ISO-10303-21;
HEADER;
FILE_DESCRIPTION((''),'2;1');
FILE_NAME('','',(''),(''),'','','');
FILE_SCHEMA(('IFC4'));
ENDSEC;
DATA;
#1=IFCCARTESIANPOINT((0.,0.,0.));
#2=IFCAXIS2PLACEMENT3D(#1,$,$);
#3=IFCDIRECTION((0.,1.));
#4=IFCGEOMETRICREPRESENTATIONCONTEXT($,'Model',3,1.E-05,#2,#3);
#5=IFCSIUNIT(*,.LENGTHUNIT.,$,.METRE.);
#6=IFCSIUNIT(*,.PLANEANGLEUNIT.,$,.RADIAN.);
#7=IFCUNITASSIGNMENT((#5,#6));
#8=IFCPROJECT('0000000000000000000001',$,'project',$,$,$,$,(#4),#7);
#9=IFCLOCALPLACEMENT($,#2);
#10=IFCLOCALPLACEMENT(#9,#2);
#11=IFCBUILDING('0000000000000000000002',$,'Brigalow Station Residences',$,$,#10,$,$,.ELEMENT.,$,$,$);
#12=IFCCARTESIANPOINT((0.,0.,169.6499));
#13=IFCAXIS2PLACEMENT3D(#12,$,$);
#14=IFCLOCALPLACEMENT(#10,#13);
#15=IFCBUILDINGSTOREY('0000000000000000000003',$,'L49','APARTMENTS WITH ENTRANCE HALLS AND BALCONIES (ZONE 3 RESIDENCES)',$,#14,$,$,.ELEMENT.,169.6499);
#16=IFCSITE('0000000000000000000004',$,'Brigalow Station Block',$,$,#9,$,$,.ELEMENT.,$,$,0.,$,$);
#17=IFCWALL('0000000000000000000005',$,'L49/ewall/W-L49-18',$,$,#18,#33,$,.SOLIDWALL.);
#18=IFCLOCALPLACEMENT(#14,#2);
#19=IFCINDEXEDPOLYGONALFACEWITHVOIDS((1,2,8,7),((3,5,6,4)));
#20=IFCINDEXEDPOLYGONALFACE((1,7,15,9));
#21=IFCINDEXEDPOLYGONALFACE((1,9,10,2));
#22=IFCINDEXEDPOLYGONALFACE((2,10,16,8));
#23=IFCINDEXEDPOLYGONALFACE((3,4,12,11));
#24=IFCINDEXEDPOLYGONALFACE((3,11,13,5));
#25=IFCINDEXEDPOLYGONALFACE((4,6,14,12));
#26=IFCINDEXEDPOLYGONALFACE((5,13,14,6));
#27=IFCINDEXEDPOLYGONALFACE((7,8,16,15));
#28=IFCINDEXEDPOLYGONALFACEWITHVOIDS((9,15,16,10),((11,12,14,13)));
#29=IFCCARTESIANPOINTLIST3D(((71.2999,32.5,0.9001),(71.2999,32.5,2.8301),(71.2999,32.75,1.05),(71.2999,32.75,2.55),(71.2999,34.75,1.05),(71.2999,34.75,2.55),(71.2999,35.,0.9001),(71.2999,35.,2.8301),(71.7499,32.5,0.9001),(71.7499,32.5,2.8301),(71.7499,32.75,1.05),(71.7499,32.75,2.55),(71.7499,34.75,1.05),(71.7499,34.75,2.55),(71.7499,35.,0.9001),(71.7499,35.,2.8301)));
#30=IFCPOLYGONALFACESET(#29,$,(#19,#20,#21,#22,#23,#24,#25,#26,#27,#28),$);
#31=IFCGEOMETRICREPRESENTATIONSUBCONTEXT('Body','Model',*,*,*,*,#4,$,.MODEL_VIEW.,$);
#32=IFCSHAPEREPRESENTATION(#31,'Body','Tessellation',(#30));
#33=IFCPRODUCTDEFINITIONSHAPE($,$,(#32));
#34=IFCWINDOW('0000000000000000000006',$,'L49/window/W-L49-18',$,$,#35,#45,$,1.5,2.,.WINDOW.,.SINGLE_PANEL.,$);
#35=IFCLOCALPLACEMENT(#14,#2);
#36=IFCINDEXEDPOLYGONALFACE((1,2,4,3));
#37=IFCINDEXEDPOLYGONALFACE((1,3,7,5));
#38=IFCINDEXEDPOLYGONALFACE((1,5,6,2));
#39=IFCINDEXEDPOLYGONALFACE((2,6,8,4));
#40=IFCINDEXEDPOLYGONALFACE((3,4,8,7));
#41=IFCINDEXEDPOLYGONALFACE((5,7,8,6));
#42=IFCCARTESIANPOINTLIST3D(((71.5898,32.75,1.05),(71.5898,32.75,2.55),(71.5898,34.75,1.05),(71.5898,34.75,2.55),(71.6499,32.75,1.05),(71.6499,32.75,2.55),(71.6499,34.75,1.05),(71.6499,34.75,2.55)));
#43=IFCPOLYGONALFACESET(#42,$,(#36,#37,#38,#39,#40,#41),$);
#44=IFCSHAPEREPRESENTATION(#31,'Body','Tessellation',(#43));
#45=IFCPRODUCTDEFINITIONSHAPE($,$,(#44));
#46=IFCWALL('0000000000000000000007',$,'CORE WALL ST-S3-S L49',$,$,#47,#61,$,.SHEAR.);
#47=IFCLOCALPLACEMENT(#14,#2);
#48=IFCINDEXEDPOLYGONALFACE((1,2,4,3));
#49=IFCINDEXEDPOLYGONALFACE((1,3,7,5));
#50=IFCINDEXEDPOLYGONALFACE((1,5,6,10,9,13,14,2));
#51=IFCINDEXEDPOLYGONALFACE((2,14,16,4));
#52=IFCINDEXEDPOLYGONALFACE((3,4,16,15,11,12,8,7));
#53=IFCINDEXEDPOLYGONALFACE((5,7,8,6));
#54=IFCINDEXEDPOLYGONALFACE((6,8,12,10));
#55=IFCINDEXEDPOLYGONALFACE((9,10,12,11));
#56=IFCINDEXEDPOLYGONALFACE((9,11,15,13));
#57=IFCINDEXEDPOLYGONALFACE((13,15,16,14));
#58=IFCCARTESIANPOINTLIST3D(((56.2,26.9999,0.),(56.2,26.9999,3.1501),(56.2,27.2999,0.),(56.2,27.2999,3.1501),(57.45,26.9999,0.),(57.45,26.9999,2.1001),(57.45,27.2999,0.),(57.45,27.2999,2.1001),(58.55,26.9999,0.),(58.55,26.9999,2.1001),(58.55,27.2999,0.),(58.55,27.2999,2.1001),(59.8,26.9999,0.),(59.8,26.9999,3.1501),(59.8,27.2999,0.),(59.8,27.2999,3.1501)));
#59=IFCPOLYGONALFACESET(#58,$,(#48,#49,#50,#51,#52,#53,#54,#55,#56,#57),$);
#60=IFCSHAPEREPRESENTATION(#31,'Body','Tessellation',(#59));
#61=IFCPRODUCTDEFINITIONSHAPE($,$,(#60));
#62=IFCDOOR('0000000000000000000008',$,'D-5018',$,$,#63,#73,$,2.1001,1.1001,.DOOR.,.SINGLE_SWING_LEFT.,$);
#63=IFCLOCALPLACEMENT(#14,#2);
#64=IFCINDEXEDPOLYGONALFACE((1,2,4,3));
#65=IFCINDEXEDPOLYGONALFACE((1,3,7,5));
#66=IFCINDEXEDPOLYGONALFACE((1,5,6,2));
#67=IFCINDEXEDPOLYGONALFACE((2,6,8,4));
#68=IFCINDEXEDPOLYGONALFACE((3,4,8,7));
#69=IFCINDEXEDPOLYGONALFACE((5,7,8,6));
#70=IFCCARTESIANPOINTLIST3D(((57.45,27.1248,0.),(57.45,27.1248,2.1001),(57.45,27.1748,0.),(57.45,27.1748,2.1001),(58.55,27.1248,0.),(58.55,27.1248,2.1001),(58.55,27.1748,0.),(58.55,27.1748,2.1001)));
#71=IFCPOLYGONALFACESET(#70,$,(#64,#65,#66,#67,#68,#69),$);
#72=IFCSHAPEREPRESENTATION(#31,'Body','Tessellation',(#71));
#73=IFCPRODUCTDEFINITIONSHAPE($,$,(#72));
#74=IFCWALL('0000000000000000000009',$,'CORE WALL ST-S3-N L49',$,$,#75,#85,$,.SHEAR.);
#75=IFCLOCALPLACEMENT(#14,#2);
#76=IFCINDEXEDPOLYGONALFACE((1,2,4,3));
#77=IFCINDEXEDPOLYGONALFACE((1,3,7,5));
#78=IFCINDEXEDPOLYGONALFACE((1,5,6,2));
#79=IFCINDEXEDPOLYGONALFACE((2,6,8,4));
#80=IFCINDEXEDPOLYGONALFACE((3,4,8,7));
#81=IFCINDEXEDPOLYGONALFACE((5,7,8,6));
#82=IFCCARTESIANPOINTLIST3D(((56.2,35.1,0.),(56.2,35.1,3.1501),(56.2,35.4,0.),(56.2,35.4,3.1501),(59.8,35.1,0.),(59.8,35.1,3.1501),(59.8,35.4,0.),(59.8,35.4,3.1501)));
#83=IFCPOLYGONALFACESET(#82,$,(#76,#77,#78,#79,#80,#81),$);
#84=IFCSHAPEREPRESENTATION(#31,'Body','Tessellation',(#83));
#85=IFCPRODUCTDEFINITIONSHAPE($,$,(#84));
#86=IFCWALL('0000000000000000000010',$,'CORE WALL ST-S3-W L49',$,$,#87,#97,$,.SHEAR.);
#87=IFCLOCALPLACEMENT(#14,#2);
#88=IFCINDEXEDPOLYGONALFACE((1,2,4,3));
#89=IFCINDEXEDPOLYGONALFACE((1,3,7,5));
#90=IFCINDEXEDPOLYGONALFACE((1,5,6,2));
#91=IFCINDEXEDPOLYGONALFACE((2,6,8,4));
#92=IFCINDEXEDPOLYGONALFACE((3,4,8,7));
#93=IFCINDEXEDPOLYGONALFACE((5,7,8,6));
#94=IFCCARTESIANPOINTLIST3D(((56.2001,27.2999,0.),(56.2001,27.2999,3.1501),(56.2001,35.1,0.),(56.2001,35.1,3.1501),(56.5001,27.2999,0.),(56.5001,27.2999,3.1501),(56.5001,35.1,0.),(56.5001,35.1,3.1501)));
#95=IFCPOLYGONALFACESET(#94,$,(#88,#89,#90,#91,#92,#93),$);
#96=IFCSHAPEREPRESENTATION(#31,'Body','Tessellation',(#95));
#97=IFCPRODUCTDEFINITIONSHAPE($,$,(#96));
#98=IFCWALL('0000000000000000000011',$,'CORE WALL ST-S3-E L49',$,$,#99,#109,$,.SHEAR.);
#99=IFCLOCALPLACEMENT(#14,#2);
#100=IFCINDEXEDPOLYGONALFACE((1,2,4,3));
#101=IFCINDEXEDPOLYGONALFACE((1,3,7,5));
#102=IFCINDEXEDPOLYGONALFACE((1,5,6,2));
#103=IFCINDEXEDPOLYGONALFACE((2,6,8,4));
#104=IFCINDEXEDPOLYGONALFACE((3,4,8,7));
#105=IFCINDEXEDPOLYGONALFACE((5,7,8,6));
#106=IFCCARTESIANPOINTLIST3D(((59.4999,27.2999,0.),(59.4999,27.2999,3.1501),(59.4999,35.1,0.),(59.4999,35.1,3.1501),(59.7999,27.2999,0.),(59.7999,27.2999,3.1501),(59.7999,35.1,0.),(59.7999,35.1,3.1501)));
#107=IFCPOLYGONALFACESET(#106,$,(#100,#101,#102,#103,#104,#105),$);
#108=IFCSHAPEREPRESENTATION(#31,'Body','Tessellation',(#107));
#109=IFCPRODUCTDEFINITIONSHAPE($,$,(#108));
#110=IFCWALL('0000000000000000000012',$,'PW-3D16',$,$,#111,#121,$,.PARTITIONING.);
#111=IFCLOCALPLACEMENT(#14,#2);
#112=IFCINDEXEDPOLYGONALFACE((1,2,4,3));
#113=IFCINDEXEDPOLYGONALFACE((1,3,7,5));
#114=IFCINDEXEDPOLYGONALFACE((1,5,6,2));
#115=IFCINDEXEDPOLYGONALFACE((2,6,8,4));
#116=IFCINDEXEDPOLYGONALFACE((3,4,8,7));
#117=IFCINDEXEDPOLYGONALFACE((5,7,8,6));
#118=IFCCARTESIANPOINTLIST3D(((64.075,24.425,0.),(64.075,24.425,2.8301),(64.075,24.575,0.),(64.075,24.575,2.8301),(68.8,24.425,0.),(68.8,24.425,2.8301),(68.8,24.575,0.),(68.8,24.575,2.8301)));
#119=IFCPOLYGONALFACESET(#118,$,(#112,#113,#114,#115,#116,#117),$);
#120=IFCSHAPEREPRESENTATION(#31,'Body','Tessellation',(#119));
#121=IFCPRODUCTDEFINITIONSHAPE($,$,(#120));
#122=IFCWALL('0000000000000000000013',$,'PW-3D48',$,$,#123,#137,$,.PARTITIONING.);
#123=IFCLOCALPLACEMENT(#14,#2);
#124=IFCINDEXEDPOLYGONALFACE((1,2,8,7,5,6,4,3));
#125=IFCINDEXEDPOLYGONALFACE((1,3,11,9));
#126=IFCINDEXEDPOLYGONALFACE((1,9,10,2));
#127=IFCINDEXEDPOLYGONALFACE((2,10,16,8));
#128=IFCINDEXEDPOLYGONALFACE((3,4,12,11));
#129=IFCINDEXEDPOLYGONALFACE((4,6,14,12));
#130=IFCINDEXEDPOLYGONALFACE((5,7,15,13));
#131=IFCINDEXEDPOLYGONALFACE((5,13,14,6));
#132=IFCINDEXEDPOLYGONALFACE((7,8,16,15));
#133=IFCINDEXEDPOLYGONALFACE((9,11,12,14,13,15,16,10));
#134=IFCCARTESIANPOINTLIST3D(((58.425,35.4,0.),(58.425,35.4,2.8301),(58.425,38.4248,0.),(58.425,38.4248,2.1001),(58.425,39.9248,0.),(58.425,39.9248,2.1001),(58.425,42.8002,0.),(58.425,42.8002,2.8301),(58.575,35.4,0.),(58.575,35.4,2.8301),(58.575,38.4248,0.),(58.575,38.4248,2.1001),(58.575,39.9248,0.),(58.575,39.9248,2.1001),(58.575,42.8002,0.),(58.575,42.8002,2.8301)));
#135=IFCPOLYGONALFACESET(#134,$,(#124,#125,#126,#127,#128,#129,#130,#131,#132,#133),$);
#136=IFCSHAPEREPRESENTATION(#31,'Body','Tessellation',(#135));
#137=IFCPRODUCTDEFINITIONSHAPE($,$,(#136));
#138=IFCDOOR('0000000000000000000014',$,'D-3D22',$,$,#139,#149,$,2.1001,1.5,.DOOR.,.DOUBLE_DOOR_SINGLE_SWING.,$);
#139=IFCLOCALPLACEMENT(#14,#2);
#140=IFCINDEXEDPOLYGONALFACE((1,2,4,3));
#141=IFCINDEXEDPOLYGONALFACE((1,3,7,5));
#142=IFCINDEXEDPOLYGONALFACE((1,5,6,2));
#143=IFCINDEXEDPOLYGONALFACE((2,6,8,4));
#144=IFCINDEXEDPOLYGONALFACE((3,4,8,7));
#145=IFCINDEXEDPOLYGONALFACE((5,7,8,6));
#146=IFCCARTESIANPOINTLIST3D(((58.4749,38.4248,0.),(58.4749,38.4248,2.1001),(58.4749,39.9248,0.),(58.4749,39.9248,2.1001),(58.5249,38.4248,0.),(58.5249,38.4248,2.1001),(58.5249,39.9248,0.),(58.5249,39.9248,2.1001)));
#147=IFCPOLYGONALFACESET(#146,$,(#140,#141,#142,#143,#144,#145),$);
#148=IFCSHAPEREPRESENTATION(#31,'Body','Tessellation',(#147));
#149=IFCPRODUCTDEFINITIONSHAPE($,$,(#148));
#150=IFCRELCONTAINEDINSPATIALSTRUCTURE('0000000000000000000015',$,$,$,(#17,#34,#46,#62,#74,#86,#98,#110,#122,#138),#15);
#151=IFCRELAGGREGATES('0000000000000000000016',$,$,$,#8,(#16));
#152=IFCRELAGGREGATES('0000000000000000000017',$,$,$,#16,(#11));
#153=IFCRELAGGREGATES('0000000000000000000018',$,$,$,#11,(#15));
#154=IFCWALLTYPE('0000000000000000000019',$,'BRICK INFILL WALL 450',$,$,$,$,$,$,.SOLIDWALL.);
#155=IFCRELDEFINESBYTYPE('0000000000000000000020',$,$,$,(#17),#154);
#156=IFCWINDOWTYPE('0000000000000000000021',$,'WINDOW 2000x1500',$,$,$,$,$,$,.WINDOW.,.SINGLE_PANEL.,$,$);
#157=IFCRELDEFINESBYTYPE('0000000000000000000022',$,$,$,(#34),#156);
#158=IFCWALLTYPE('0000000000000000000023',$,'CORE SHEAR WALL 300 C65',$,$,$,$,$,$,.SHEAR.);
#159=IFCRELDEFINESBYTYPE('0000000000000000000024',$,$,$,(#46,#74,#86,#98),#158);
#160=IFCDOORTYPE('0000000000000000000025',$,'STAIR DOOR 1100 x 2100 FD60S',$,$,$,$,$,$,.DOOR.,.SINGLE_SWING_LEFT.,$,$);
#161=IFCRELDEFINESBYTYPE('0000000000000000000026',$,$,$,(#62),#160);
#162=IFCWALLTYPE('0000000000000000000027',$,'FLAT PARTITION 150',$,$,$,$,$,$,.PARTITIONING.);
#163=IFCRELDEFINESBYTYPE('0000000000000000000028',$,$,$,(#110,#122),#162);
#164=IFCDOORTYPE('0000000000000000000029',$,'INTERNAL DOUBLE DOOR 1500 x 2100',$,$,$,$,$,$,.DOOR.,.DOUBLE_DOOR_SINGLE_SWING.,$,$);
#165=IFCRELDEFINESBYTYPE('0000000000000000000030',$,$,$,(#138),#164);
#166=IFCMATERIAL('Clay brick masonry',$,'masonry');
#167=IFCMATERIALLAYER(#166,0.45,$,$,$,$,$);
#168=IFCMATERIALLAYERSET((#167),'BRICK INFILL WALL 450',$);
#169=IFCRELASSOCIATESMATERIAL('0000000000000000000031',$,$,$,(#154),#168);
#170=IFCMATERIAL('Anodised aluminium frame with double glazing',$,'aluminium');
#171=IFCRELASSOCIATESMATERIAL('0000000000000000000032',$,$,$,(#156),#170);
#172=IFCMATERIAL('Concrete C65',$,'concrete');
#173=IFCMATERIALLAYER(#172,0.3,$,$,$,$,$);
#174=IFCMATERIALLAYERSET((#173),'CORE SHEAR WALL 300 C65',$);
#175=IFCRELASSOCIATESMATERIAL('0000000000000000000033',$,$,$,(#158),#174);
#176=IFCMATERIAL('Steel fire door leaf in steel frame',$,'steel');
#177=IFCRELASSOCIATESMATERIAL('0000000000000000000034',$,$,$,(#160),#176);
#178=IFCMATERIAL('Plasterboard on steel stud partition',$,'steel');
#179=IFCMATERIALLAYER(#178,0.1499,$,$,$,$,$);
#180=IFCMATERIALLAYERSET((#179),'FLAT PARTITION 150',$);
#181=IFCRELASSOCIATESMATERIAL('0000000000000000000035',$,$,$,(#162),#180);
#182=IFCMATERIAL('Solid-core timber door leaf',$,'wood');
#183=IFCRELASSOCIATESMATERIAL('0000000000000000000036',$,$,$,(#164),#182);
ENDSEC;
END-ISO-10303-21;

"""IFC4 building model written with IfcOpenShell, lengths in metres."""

from ifc_helpers import new_model, si_unit, direction, frame, frame_2d, origin, place, context, subcontext, project, spatial, rectangle, extrude, material, layer, layer_set, type_object, element, fill, save


model = new_model("IFC4")

# Units and contexts
model_context = context("Model", 3, precision=1e-05, world=origin(), true_north=direction((0.0, 1.0)))
body_context = subcontext(model_context, "Body", "Model", "MODEL_VIEW")
ifc_project = project(units=[si_unit("LENGTHUNIT", "METRE"), si_unit("PLANEANGLEUNIT", "RADIAN")], contexts=[model_context])

# Site, building, storey
site_placement = place(None, origin())
site = spatial("IfcSite", under=ifc_project, at=site_placement, Name="Brigalow Station Block", CompositionType="ELEMENT", RefElevation=0.0)
building_placement = place(site_placement, origin())
building = spatial("IfcBuilding", under=site, at=building_placement, Name="Brigalow Station Residences", CompositionType="ELEMENT")
storey_placement = place(building_placement, frame((0.0, 0.0, 169.6499)))
storey = spatial("IfcBuildingStorey", under=building, at=storey_placement, Name="L49", Description="APARTMENTS WITH ENTRANCE HALLS AND BALCONIES (ZONE 3 RESIDENCES)", CompositionType="ELEMENT", Elevation=169.6499)

# Shared definitions
ifc_material_1 = material(Name="Clay brick masonry", Category="masonry")
ifc_layer_1 = layer(ifc_material_1, 0.45)
ifc_layer_set_1 = layer_set([ifc_layer_1], Name="BRICK INFILL WALL 450")
wall_type_1 = type_object("IfcWallType", Name="BRICK INFILL WALL 450", PredefinedType="SOLIDWALL", material=ifc_layer_set_1)

# Wall, opening, window
wall_1_placement = place(storey_placement, frame((71.5249, 32.5, 0.9001), z_axis=(0.0, 0.0, 1.0), x_axis=(0.0, 1.0, 0.0)))
wall_1 = element("IfcWall", 1, at=wall_1_placement, inside=storey, type_object=wall_type_1, Name="L49/ewall/W-L49-18", PredefinedType="SOLIDWALL", context=body_context, shape_type="SweptSolid", body=[
    extrude(rectangle(XDim=2.5, YDim=0.45, at=frame_2d((1.25, 0.0))), origin(), (0.0, 0.0, 1.0), 1.9299),
])
opening_1_placement = place(wall_1_placement, frame((0.25, 0.0, 0.1499)))
opening_1 = element("IfcOpeningElement", 2, at=opening_1_placement, cuts=wall_1, PredefinedType="OPENING", context=body_context, shape_type="SweptSolid", body=[
    extrude(rectangle(XDim=2.0, YDim=1.5, at=frame_2d((1.0, 0.75))), frame((0.0, 0.2349, 0.0), z_axis=(0.0, -1.0, 0.0), x_axis=(1.0, 0.0, 0.0)), (0.0, 0.0, 1.0), 0.47),
])
ifc_material_2 = material(Name="Anodised aluminium frame with double glazing", Category="aluminium")
window_type_1 = type_object("IfcWindowType", Name="WINDOW 2000x1500", PartitioningType="SINGLE_PANEL", PredefinedType="WINDOW", material=ifc_material_2)
window_1_placement = place(opening_1_placement, origin())
window_1 = element("IfcWindow", 3, at=window_1_placement, inside=storey, type_object=window_type_1, Name="L49/window/W-L49-18", OverallHeight=1.5, OverallWidth=2.0, PartitioningType="SINGLE_PANEL", PredefinedType="WINDOW", context=body_context, shape_type="SweptSolid", body=[
    extrude(rectangle(XDim=2.0, YDim=1.5, at=frame_2d((1.0, 0.75))), frame((0.0, -0.0649, 0.0), z_axis=(0.0, -1.0, 0.0), x_axis=(1.0, 0.0, 0.0)), (0.0, 0.0, 1.0), 0.0601),
])
fill(opening_1, window_1)

# Wall, opening, door
ifc_material_3 = material(Name="Concrete C65", Category="concrete")
ifc_layer_2 = layer(ifc_material_3, 0.3)
ifc_layer_set_2 = layer_set([ifc_layer_2], Name="CORE SHEAR WALL 300 C65")
wall_type_2 = type_object("IfcWallType", Name="CORE SHEAR WALL 300 C65", PredefinedType="SHEAR", material=ifc_layer_set_2)
wall_2_placement = place(storey_placement, frame((56.2, 27.1499, 0.0), z_axis=(0.0, 0.0, 1.0), x_axis=(1.0, 0.0, 0.0)))
wall_2 = element("IfcWall", 4, at=wall_2_placement, inside=storey, type_object=wall_type_2, Name="CORE WALL ST-S3-S L49", PredefinedType="SHEAR", context=body_context, shape_type="SweptSolid", body=[
    extrude(rectangle(XDim=3.6001, YDim=0.3, at=frame_2d((1.8, 0.0))), origin(), (0.0, 0.0, 1.0), 3.1501),
])
opening_2_placement = place(wall_2_placement, frame((1.25, 0.0, 0.0)))
opening_2 = element("IfcOpeningElement", 5, at=opening_2_placement, cuts=wall_2, PredefinedType="OPENING", context=body_context, shape_type="SweptSolid", body=[
    extrude(rectangle(XDim=1.1001, YDim=2.1001, at=frame_2d((0.55, 1.05))), frame((0.0, 0.1602, 0.0), z_axis=(0.0, -1.0, 0.0), x_axis=(1.0, 0.0, 0.0)), (0.0, 0.0, 1.0), 0.3201),
])
ifc_material_4 = material(Name="Steel fire door leaf in steel frame", Category="steel")
door_type_1 = type_object("IfcDoorType", Name="STAIR DOOR 1100 x 2100 FD60S", OperationType="SINGLE_SWING_LEFT", PredefinedType="DOOR", material=ifc_material_4)
door_1_placement = place(opening_2_placement, origin())
door_1 = element("IfcDoor", 6, at=door_1_placement, inside=storey, type_object=door_type_1, Name="D-5018", OperationType="SINGLE_SWING_LEFT", OverallHeight=2.1001, OverallWidth=1.1001, PredefinedType="DOOR", context=body_context, shape_type="SweptSolid", body=[
    extrude(rectangle(XDim=1.1001, YDim=2.1001, at=frame_2d((0.55, 1.05))), frame((0.0, 0.0249, 0.0), z_axis=(0.0, -1.0, 0.0), x_axis=(1.0, 0.0, 0.0)), (0.0, 0.0, 1.0), 0.05),
])
fill(opening_2, door_1)

# Walls
wall_3_placement = place(storey_placement, frame((56.2, 35.25, 0.0), z_axis=(0.0, 0.0, 1.0), x_axis=(1.0, 0.0, 0.0)))
element("IfcWall", 7, at=wall_3_placement, inside=storey, type_object=wall_type_2, Name="CORE WALL ST-S3-N L49", PredefinedType="SHEAR", context=body_context, shape_type="SweptSolid", body=[
    extrude(rectangle(XDim=3.6001, YDim=0.3, at=frame_2d((1.8, 0.0))), origin(), (0.0, 0.0, 1.0), 3.1501),
])
for number, where, z_axis, x_axis, name in (
    (8, (56.3501, 27.3, 0.0), (0.0, 0.0, 1.0), (0.0, 1.0, 0.0), "CORE WALL ST-S3-W L49"),
    (9, (59.6499, 27.3, 0.0), (0.0, 0.0, 1.0), (0.0, 1.0, 0.0), "CORE WALL ST-S3-E L49"),
):
    element("IfcWall", number, at=place(storey_placement, frame(where, z_axis=z_axis, x_axis=x_axis)), inside=storey, type_object=wall_type_2, Name=name, PredefinedType="SHEAR", context=body_context, shape_type="SweptSolid", body=[
        extrude(rectangle(XDim=7.8, YDim=0.3, at=frame_2d((3.8999, 0.0))), origin(), (0.0, 0.0, 1.0), 3.1501),
    ])
ifc_material_5 = material(Name="Plasterboard on steel stud partition", Category="steel")
ifc_layer_3 = layer(ifc_material_5, 0.1499)
ifc_layer_set_3 = layer_set([ifc_layer_3], Name="FLAT PARTITION 150")
wall_type_3 = type_object("IfcWallType", Name="FLAT PARTITION 150", PredefinedType="PARTITIONING", material=ifc_layer_set_3)
wall_4_placement = place(storey_placement, frame((64.075, 24.5, 0.0), z_axis=(0.0, 0.0, 1.0), x_axis=(1.0, 0.0, 0.0)))
element("IfcWall", 10, at=wall_4_placement, inside=storey, type_object=wall_type_3, Name="PW-3D16", PredefinedType="PARTITIONING", context=body_context, shape_type="SweptSolid", body=[
    extrude(rectangle(XDim=4.7251, YDim=0.1499, at=frame_2d((2.3625, 0.0))), origin(), (0.0, 0.0, 1.0), 2.8301),
])

# Wall, opening, door
wall_5_placement = place(storey_placement, frame((58.5, 35.3999, 0.0), z_axis=(0.0, 0.0, 1.0), x_axis=(0.0, 1.0, 0.0)))
wall_5 = element("IfcWall", 11, at=wall_5_placement, inside=storey, type_object=wall_type_3, Name="PW-3D48", PredefinedType="PARTITIONING", context=body_context, shape_type="SweptSolid", body=[
    extrude(rectangle(XDim=7.4001, YDim=0.1499, at=frame_2d((3.7002, 0.0))), origin(), (0.0, 0.0, 1.0), 2.8301),
])
opening_3_placement = place(wall_5_placement, frame((3.0249, 0.0, 0.0)))
opening_3 = element("IfcOpeningElement", 12, at=opening_3_placement, cuts=wall_5, PredefinedType="OPENING", context=body_context, shape_type="SweptSolid", body=[
    extrude(rectangle(XDim=1.5, YDim=2.1001, at=frame_2d((0.75, 1.05))), frame((0.0, 0.085, 0.0), z_axis=(0.0, -1.0, 0.0), x_axis=(1.0, 0.0, 0.0)), (0.0, 0.0, 1.0), 0.1699),
])
ifc_material_6 = material(Name="Solid-core timber door leaf", Category="wood")
door_type_2 = type_object("IfcDoorType", Name="INTERNAL DOUBLE DOOR 1500 x 2100", OperationType="DOUBLE_DOOR_SINGLE_SWING", PredefinedType="DOOR", material=ifc_material_6)
door_2_placement = place(opening_3_placement, frame((1.5, 0.0, 0.0), z_axis=(0.0, 0.0, 1.0), x_axis=(-1.0, 0.0, 0.0)))
door_2 = element("IfcDoor", 13, at=door_2_placement, inside=storey, type_object=door_type_2, Name="D-3D22", OperationType="DOUBLE_DOOR_SINGLE_SWING", OverallHeight=2.1001, OverallWidth=1.5, PredefinedType="DOOR", context=body_context, shape_type="SweptSolid", body=[
    extrude(rectangle(XDim=1.5, YDim=2.1001, at=frame_2d((0.75, 1.05))), frame((0.0, 0.0249, 0.0), z_axis=(0.0, -1.0, 0.0), x_axis=(1.0, 0.0, 0.0)), (0.0, 0.0, 1.0), 0.05),
])
fill(opening_3, door_2)

save(model, "model.ifc")
